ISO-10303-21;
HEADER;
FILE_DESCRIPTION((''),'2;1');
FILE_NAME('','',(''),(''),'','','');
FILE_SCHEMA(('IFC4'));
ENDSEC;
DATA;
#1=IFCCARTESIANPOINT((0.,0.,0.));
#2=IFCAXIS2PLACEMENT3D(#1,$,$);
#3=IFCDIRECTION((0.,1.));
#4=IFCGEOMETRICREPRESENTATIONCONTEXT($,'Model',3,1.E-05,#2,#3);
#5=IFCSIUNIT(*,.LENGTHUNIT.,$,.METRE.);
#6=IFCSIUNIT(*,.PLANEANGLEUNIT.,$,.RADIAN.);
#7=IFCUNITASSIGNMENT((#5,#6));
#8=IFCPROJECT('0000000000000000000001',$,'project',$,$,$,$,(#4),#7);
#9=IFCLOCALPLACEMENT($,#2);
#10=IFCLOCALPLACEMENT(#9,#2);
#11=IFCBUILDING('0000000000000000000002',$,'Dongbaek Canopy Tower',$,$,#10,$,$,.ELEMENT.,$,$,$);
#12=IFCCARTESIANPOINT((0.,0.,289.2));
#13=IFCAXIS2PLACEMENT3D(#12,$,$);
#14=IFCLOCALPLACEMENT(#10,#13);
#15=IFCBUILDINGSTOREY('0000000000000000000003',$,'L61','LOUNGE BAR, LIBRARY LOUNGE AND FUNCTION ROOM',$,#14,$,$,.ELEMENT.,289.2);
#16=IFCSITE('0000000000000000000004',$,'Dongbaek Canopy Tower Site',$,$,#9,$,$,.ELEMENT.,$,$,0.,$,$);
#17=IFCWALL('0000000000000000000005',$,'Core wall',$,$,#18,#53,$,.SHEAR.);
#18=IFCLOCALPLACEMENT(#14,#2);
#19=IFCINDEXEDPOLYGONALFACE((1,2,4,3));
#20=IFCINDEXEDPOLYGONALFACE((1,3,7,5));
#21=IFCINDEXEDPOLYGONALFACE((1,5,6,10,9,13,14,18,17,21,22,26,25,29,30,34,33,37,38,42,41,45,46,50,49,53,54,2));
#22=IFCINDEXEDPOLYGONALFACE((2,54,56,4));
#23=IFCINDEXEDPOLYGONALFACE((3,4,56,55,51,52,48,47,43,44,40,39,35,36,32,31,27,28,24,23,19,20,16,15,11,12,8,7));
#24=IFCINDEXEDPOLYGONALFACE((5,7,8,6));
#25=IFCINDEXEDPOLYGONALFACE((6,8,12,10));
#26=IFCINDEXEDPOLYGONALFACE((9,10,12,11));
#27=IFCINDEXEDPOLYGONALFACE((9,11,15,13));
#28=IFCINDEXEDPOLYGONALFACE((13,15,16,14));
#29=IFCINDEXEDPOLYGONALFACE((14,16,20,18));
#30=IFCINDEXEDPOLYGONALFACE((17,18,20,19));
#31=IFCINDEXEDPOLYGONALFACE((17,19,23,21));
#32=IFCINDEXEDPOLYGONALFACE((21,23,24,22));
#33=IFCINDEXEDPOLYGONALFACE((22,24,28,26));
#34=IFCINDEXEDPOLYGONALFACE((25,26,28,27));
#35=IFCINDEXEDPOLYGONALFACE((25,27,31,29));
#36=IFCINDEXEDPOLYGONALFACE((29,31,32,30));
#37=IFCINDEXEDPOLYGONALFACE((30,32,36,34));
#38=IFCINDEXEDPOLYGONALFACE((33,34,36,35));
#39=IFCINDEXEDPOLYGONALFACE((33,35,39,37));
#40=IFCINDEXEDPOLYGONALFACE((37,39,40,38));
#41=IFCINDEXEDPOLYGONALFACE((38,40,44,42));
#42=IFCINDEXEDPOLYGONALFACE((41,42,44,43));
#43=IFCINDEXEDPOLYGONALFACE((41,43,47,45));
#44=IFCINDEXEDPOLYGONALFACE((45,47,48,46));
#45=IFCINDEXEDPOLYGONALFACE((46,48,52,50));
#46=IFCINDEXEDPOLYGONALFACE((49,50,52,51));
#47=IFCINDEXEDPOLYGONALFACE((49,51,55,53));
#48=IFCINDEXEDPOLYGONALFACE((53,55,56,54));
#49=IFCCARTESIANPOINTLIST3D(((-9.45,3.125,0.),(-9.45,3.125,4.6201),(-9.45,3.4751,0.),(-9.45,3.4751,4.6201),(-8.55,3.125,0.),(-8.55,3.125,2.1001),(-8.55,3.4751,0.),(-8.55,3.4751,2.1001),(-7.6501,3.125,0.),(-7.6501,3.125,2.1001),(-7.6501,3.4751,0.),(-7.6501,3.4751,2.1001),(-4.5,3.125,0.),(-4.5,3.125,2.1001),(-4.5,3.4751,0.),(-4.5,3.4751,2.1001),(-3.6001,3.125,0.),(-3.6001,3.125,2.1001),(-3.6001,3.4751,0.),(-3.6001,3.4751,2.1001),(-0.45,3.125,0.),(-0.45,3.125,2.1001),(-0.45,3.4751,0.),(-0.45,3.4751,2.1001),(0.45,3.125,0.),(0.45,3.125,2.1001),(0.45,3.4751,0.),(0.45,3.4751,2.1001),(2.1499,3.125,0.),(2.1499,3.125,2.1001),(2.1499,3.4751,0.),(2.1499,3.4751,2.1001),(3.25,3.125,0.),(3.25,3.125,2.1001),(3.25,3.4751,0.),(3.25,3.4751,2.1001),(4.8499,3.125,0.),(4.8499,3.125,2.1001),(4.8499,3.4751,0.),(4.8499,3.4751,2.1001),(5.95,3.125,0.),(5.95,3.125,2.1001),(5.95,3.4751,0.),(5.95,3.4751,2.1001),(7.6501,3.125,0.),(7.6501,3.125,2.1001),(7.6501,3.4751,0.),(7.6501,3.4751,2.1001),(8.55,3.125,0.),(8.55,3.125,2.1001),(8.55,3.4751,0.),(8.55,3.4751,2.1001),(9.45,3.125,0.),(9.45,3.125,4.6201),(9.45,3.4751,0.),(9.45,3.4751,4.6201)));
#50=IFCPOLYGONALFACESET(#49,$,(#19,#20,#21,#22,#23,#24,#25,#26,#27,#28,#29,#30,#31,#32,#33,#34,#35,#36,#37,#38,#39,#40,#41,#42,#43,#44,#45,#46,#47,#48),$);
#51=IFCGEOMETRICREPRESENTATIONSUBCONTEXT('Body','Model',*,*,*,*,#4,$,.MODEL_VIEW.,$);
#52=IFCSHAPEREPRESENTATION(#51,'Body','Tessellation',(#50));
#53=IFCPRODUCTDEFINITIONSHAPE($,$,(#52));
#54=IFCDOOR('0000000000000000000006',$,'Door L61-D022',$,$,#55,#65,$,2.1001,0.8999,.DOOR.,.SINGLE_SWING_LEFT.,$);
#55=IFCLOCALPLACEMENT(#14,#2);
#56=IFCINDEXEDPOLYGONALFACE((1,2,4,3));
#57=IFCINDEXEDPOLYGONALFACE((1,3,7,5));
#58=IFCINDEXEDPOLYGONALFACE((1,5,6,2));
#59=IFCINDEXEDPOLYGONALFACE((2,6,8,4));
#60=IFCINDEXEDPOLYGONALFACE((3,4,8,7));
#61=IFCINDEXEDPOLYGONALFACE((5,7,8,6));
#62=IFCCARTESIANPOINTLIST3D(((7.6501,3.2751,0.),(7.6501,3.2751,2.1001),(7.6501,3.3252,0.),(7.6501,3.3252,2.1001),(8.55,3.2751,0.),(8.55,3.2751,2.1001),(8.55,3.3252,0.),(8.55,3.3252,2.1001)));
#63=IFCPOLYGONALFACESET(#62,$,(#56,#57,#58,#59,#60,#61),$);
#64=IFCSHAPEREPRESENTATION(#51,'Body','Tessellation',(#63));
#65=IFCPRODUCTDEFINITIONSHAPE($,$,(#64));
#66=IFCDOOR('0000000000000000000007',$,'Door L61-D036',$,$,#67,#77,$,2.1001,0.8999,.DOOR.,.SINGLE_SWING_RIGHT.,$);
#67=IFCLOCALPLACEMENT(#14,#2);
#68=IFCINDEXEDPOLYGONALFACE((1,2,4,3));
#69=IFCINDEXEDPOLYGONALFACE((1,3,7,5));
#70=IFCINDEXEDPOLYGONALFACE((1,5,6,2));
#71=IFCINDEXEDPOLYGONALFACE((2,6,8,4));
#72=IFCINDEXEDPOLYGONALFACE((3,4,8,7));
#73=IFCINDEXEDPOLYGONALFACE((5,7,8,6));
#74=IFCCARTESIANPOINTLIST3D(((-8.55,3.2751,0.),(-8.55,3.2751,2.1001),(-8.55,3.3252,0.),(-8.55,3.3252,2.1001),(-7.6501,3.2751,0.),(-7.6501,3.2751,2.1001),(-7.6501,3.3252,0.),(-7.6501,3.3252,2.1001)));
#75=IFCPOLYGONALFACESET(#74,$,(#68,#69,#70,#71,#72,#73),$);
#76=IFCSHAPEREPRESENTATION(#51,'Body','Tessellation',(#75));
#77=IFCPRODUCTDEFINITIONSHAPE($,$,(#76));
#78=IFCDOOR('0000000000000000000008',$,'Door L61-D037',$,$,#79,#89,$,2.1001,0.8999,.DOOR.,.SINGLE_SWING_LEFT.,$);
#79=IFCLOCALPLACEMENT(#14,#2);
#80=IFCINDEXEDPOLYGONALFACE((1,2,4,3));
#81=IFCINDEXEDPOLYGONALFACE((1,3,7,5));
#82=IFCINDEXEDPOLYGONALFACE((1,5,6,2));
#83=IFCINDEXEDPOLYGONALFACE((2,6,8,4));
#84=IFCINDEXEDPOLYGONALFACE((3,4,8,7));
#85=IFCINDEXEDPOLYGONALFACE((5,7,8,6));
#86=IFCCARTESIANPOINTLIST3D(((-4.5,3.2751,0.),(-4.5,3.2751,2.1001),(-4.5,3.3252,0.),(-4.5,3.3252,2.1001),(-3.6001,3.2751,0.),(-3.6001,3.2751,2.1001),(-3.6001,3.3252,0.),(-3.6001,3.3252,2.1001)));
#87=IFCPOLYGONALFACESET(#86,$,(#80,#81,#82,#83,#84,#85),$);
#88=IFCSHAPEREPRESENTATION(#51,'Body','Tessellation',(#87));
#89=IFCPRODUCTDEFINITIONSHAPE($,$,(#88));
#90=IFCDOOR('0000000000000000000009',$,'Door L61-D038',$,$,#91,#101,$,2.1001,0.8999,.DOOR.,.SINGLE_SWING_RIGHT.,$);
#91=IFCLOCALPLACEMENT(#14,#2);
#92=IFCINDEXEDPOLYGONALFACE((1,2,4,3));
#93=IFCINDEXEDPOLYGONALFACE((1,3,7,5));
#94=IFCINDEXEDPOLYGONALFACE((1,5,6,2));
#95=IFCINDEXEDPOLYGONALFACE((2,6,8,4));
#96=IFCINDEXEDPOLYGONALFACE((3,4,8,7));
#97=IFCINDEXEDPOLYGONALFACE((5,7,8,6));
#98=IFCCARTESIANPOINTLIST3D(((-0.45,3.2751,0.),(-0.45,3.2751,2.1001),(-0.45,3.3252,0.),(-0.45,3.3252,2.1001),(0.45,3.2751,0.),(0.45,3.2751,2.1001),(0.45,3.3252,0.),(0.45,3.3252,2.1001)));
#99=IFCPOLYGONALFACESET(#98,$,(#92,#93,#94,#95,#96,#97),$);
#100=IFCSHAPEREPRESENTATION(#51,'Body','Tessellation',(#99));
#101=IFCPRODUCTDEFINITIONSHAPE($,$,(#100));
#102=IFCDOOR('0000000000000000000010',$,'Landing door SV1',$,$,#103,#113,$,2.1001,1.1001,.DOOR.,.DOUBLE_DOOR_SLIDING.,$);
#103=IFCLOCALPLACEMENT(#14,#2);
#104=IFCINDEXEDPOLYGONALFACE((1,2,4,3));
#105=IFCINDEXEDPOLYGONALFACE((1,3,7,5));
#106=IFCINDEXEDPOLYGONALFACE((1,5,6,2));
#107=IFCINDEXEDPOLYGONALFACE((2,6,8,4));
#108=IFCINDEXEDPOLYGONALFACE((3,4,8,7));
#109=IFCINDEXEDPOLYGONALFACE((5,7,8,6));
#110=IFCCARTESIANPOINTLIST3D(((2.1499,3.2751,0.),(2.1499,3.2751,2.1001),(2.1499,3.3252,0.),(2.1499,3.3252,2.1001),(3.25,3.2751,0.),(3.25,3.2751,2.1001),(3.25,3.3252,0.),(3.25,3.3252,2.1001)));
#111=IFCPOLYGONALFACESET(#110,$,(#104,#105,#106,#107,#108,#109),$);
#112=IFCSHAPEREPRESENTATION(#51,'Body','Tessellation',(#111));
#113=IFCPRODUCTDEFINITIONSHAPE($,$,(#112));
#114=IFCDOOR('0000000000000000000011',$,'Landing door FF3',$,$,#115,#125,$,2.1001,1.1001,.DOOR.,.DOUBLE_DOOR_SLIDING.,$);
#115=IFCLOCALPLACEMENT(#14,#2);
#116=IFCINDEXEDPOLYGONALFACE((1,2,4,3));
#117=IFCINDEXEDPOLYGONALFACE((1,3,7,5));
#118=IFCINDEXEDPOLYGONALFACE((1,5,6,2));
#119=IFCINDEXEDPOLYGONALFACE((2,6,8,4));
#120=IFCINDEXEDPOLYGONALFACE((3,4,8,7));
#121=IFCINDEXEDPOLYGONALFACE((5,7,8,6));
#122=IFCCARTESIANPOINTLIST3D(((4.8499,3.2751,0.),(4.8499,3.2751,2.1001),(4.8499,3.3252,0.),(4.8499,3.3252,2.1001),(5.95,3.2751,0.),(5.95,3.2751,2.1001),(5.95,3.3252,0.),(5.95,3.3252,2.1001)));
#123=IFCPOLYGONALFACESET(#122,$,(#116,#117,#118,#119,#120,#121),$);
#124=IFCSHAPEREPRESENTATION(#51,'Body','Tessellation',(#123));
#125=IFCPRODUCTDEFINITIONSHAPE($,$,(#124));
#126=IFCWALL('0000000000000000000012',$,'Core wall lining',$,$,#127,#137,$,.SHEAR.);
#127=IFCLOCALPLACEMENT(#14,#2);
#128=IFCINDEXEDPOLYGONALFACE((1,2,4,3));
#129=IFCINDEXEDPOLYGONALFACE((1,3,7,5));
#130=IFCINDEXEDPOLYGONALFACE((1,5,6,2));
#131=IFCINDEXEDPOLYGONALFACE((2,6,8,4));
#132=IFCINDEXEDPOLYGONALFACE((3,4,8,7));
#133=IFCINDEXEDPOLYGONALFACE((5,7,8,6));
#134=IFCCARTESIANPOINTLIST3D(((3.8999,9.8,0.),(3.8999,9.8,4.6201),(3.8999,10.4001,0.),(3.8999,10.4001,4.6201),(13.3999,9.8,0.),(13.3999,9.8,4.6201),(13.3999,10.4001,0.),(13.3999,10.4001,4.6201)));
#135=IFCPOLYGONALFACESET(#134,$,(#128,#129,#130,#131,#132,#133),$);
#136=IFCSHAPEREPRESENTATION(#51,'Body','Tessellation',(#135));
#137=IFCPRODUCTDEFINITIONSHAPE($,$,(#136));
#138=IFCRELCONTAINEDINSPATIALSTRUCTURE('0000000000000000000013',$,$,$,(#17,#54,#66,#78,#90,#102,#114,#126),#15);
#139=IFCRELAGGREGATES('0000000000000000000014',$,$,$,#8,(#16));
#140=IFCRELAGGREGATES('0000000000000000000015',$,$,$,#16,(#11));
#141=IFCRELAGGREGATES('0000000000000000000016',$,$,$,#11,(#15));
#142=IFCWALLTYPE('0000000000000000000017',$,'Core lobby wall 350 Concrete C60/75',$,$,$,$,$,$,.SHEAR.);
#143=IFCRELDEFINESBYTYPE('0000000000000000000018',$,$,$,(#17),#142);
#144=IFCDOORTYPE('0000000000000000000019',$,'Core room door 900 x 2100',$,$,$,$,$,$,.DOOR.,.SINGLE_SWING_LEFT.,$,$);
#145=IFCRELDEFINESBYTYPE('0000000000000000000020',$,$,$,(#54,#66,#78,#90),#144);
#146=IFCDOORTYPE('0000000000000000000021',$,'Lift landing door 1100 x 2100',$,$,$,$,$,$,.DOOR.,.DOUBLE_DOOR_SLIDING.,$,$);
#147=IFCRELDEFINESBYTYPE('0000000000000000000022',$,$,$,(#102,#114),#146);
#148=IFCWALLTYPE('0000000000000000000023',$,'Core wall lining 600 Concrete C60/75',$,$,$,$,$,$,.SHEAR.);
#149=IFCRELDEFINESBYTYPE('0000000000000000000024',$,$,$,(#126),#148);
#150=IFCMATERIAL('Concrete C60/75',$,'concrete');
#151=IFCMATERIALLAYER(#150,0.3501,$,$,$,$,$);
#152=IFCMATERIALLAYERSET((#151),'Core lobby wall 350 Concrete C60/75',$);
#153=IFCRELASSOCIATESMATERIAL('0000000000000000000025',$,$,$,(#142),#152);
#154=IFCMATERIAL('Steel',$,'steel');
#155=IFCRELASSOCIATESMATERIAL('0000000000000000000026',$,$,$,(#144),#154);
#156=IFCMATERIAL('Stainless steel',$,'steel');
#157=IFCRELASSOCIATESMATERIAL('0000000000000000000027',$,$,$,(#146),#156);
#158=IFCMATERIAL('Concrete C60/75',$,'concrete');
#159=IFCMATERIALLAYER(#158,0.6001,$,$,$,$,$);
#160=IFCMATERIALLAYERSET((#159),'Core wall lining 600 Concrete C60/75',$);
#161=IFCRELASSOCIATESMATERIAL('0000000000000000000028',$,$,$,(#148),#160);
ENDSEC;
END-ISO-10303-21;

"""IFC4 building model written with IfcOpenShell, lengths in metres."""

from ifc_helpers import new_model, si_unit, direction, frame, frame_2d, origin, place, context, subcontext, project, spatial, rectangle, extrude, material, layer, layer_set, type_object, element, fill, save


model = new_model("IFC4")

# Units and contexts
model_context = context("Model", 3, precision=1e-05, world=origin(), true_north=direction((0.0, 1.0)))
body_context = subcontext(model_context, "Body", "Model", "MODEL_VIEW")
ifc_project = project(units=[si_unit("LENGTHUNIT", "METRE"), si_unit("PLANEANGLEUNIT", "RADIAN")], contexts=[model_context])

# Site, building, storey
site_placement = place(None, origin())
site = spatial("IfcSite", under=ifc_project, at=site_placement, Name="Dongbaek Canopy Tower Site", CompositionType="ELEMENT", RefElevation=0.0)
building_placement = place(site_placement, origin())
building = spatial("IfcBuilding", under=site, at=building_placement, Name="Dongbaek Canopy Tower", CompositionType="ELEMENT")
storey_placement = place(building_placement, frame((0.0, 0.0, 289.2)))
storey = spatial("IfcBuildingStorey", under=building, at=storey_placement, Name="L61", Description="LOUNGE BAR, LIBRARY LOUNGE AND FUNCTION ROOM", CompositionType="ELEMENT", Elevation=289.2)

# Wall, openings, doors
ifc_material_1 = material(Name="Concrete C60/75", Category="concrete")
ifc_layer_1 = layer(ifc_material_1, 0.3501)
ifc_layer_set_1 = layer_set([ifc_layer_1], Name="Core lobby wall 350 Concrete C60/75")
wall_type_1 = type_object("IfcWallType", Name="Core lobby wall 350 Concrete C60/75", PredefinedType="SHEAR", material=ifc_layer_set_1)
wall_1_placement = place(storey_placement, frame((9.45, 3.3, 0.0), z_axis=(0.0, 0.0, 1.0), x_axis=(-1.0, 0.0, 0.0)))
wall_1 = element("IfcWall", 1, at=wall_1_placement, inside=storey, type_object=wall_type_1, Name="Core wall", PredefinedType="SHEAR", context=body_context, shape_type="SweptSolid", body=[
    extrude(rectangle(XDim=18.8999, YDim=0.3501, at=frame_2d((9.45, 0.0))), origin(), (0.0, 0.0, 1.0), 4.6201),
])
opening_1_placement = place(wall_1_placement, frame((6.2, 0.0, 0.0)))
opening_1 = element("IfcOpeningElement", 2, at=opening_1_placement, cuts=wall_1, PredefinedType="OPENING", context=body_context, shape_type="SweptSolid", body=[
    extrude(rectangle(XDim=1.1001, YDim=2.1001, at=frame_2d((0.55, 1.05))), frame((0.0, 0.1851, 0.0), z_axis=(0.0, -1.0, 0.0), x_axis=(1.0, 0.0, 0.0)), (0.0, 0.0, 1.0), 0.3701),
])
opening_2_placement = place(wall_1_placement, frame((3.5, 0.0, 0.0)))
opening_2 = element("IfcOpeningElement", 3, at=opening_2_placement, cuts=wall_1, PredefinedType="OPENING", context=body_context, shape_type="SweptSolid", body=[
    extrude(rectangle(XDim=1.1001, YDim=2.1001, at=frame_2d((0.55, 1.05))), frame((0.0, 0.1851, 0.0), z_axis=(0.0, -1.0, 0.0), x_axis=(1.0, 0.0, 0.0)), (0.0, 0.0, 1.0), 0.3701),
])
opening_3_placement = place(wall_1_placement, frame((0.8999, 0.0, 0.0)))
opening_3 = element("IfcOpeningElement", 4, at=opening_3_placement, cuts=wall_1, PredefinedType="OPENING", context=body_context, shape_type="SweptSolid", body=[
    extrude(rectangle(XDim=0.8999, YDim=2.1001, at=frame_2d((0.45, 1.05))), frame((0.0, 0.1851, 0.0), z_axis=(0.0, -1.0, 0.0), x_axis=(1.0, 0.0, 0.0)), (0.0, 0.0, 1.0), 0.3701),
])
opening_4_placement = place(wall_1_placement, frame((17.1001, 0.0, 0.0)))
opening_4 = element("IfcOpeningElement", 5, at=opening_4_placement, cuts=wall_1, PredefinedType="OPENING", context=body_context, shape_type="SweptSolid", body=[
    extrude(rectangle(XDim=0.8999, YDim=2.1001, at=frame_2d((0.45, 1.05))), frame((0.0, 0.1851, 0.0), z_axis=(0.0, -1.0, 0.0), x_axis=(1.0, 0.0, 0.0)), (0.0, 0.0, 1.0), 0.3701),
])
opening_5_placement = place(wall_1_placement, frame((13.05, 0.0, 0.0)))
opening_5 = element("IfcOpeningElement", 6, at=opening_5_placement, cuts=wall_1, PredefinedType="OPENING", context=body_context, shape_type="SweptSolid", body=[
    extrude(rectangle(XDim=0.8999, YDim=2.1001, at=frame_2d((0.45, 1.05))), frame((0.0, 0.1851, 0.0), z_axis=(0.0, -1.0, 0.0), x_axis=(1.0, 0.0, 0.0)), (0.0, 0.0, 1.0), 0.3701),
])
opening_6_placement = place(wall_1_placement, frame((9.0, 0.0, 0.0)))
opening_6 = element("IfcOpeningElement", 7, at=opening_6_placement, cuts=wall_1, PredefinedType="OPENING", context=body_context, shape_type="SweptSolid", body=[
    extrude(rectangle(XDim=0.8999, YDim=2.1001, at=frame_2d((0.45, 1.05))), frame((0.0, 0.1851, 0.0), z_axis=(0.0, -1.0, 0.0), x_axis=(1.0, 0.0, 0.0)), (0.0, 0.0, 1.0), 0.3701),
])
ifc_material_2 = material(Name="Steel", Category="steel")
door_type_1 = type_object("IfcDoorType", Name="Core room door 900 x 2100", OperationType="SINGLE_SWING_LEFT", PredefinedType="DOOR", material=ifc_material_2)
door_1_placement = place(opening_3_placement, origin())
door_1 = element("IfcDoor", 8, at=door_1_placement, inside=storey, type_object=door_type_1, Name="Door L61-D022", OperationType="SINGLE_SWING_LEFT", OverallHeight=2.1001, OverallWidth=0.8999, PredefinedType="DOOR", context=body_context, shape_type="SweptSolid", body=[
    extrude(rectangle(XDim=0.8999, YDim=2.1001, at=frame_2d((0.45, 1.05))), frame((0.0, 0.0249, 0.0), z_axis=(0.0, -1.0, 0.0), x_axis=(1.0, 0.0, 0.0)), (0.0, 0.0, 1.0), 0.05),
])
fill(opening_3, door_1)
door_2_placement = place(opening_4_placement, origin())
door_2 = element("IfcDoor", 9, at=door_2_placement, inside=storey, type_object=door_type_1, Name="Door L61-D036", OperationType="SINGLE_SWING_RIGHT", OverallHeight=2.1001, OverallWidth=0.8999, PredefinedType="DOOR", context=body_context, shape_type="SweptSolid", body=[
    extrude(rectangle(XDim=0.8999, YDim=2.1001, at=frame_2d((0.45, 1.05))), frame((0.0, 0.0249, 0.0), z_axis=(0.0, -1.0, 0.0), x_axis=(1.0, 0.0, 0.0)), (0.0, 0.0, 1.0), 0.05),
])
fill(opening_4, door_2)
door_3_placement = place(opening_5_placement, origin())
door_3 = element("IfcDoor", 10, at=door_3_placement, inside=storey, type_object=door_type_1, Name="Door L61-D037", OperationType="SINGLE_SWING_LEFT", OverallHeight=2.1001, OverallWidth=0.8999, PredefinedType="DOOR", context=body_context, shape_type="SweptSolid", body=[
    extrude(rectangle(XDim=0.8999, YDim=2.1001, at=frame_2d((0.45, 1.05))), frame((0.0, 0.0249, 0.0), z_axis=(0.0, -1.0, 0.0), x_axis=(1.0, 0.0, 0.0)), (0.0, 0.0, 1.0), 0.05),
])
fill(opening_5, door_3)
door_4_placement = place(opening_6_placement, origin())
door_4 = element("IfcDoor", 11, at=door_4_placement, inside=storey, type_object=door_type_1, Name="Door L61-D038", OperationType="SINGLE_SWING_RIGHT", OverallHeight=2.1001, OverallWidth=0.8999, PredefinedType="DOOR", context=body_context, shape_type="SweptSolid", body=[
    extrude(rectangle(XDim=0.8999, YDim=2.1001, at=frame_2d((0.45, 1.05))), frame((0.0, 0.0249, 0.0), z_axis=(0.0, -1.0, 0.0), x_axis=(1.0, 0.0, 0.0)), (0.0, 0.0, 1.0), 0.05),
])
fill(opening_6, door_4)
ifc_material_3 = material(Name="Stainless steel", Category="steel")
door_type_2 = type_object("IfcDoorType", Name="Lift landing door 1100 x 2100", OperationType="DOUBLE_DOOR_SLIDING", PredefinedType="DOOR", material=ifc_material_3)
door_5_placement = place(opening_1_placement, origin())
door_5 = element("IfcDoor", 12, at=door_5_placement, inside=storey, type_object=door_type_2, Name="Landing door SV1", OperationType="DOUBLE_DOOR_SLIDING", OverallHeight=2.1001, OverallWidth=1.1001, PredefinedType="DOOR", context=body_context, shape_type="SweptSolid", body=[
    extrude(rectangle(XDim=1.1001, YDim=2.1001, at=frame_2d((0.55, 1.05))), frame((0.0, 0.0249, 0.0), z_axis=(0.0, -1.0, 0.0), x_axis=(1.0, 0.0, 0.0)), (0.0, 0.0, 1.0), 0.05),
])
fill(opening_1, door_5)
door_6_placement = place(opening_2_placement, origin())
door_6 = element("IfcDoor", 13, at=door_6_placement, inside=storey, type_object=door_type_2, Name="Landing door FF3", OperationType="DOUBLE_DOOR_SLIDING", OverallHeight=2.1001, OverallWidth=1.1001, PredefinedType="DOOR", context=body_context, shape_type="SweptSolid", body=[
    extrude(rectangle(XDim=1.1001, YDim=2.1001, at=frame_2d((0.55, 1.05))), frame((0.0, 0.0249, 0.0), z_axis=(0.0, -1.0, 0.0), x_axis=(1.0, 0.0, 0.0)), (0.0, 0.0, 1.0), 0.05),
])
fill(opening_2, door_6)

# Wall
ifc_material_4 = material(Name="Concrete C60/75", Category="concrete")
ifc_layer_2 = layer(ifc_material_4, 0.6001)
ifc_layer_set_2 = layer_set([ifc_layer_2], Name="Core wall lining 600 Concrete C60/75")
wall_type_2 = type_object("IfcWallType", Name="Core wall lining 600 Concrete C60/75", PredefinedType="SHEAR", material=ifc_layer_set_2)
wall_2_placement = place(storey_placement, frame((3.8999, 10.1001, 0.0), z_axis=(0.0, 0.0, 1.0), x_axis=(1.0, 0.0, 0.0)))
element("IfcWall", 14, at=wall_2_placement, inside=storey, type_object=wall_type_2, Name="Core wall lining", PredefinedType="SHEAR", context=body_context, shape_type="SweptSolid", body=[
    extrude(rectangle(XDim=9.5, YDim=0.6001, at=frame_2d((4.75, 0.0))), origin(), (0.0, 0.0, 1.0), 4.6201),
])

save(model, "model.ifc")
